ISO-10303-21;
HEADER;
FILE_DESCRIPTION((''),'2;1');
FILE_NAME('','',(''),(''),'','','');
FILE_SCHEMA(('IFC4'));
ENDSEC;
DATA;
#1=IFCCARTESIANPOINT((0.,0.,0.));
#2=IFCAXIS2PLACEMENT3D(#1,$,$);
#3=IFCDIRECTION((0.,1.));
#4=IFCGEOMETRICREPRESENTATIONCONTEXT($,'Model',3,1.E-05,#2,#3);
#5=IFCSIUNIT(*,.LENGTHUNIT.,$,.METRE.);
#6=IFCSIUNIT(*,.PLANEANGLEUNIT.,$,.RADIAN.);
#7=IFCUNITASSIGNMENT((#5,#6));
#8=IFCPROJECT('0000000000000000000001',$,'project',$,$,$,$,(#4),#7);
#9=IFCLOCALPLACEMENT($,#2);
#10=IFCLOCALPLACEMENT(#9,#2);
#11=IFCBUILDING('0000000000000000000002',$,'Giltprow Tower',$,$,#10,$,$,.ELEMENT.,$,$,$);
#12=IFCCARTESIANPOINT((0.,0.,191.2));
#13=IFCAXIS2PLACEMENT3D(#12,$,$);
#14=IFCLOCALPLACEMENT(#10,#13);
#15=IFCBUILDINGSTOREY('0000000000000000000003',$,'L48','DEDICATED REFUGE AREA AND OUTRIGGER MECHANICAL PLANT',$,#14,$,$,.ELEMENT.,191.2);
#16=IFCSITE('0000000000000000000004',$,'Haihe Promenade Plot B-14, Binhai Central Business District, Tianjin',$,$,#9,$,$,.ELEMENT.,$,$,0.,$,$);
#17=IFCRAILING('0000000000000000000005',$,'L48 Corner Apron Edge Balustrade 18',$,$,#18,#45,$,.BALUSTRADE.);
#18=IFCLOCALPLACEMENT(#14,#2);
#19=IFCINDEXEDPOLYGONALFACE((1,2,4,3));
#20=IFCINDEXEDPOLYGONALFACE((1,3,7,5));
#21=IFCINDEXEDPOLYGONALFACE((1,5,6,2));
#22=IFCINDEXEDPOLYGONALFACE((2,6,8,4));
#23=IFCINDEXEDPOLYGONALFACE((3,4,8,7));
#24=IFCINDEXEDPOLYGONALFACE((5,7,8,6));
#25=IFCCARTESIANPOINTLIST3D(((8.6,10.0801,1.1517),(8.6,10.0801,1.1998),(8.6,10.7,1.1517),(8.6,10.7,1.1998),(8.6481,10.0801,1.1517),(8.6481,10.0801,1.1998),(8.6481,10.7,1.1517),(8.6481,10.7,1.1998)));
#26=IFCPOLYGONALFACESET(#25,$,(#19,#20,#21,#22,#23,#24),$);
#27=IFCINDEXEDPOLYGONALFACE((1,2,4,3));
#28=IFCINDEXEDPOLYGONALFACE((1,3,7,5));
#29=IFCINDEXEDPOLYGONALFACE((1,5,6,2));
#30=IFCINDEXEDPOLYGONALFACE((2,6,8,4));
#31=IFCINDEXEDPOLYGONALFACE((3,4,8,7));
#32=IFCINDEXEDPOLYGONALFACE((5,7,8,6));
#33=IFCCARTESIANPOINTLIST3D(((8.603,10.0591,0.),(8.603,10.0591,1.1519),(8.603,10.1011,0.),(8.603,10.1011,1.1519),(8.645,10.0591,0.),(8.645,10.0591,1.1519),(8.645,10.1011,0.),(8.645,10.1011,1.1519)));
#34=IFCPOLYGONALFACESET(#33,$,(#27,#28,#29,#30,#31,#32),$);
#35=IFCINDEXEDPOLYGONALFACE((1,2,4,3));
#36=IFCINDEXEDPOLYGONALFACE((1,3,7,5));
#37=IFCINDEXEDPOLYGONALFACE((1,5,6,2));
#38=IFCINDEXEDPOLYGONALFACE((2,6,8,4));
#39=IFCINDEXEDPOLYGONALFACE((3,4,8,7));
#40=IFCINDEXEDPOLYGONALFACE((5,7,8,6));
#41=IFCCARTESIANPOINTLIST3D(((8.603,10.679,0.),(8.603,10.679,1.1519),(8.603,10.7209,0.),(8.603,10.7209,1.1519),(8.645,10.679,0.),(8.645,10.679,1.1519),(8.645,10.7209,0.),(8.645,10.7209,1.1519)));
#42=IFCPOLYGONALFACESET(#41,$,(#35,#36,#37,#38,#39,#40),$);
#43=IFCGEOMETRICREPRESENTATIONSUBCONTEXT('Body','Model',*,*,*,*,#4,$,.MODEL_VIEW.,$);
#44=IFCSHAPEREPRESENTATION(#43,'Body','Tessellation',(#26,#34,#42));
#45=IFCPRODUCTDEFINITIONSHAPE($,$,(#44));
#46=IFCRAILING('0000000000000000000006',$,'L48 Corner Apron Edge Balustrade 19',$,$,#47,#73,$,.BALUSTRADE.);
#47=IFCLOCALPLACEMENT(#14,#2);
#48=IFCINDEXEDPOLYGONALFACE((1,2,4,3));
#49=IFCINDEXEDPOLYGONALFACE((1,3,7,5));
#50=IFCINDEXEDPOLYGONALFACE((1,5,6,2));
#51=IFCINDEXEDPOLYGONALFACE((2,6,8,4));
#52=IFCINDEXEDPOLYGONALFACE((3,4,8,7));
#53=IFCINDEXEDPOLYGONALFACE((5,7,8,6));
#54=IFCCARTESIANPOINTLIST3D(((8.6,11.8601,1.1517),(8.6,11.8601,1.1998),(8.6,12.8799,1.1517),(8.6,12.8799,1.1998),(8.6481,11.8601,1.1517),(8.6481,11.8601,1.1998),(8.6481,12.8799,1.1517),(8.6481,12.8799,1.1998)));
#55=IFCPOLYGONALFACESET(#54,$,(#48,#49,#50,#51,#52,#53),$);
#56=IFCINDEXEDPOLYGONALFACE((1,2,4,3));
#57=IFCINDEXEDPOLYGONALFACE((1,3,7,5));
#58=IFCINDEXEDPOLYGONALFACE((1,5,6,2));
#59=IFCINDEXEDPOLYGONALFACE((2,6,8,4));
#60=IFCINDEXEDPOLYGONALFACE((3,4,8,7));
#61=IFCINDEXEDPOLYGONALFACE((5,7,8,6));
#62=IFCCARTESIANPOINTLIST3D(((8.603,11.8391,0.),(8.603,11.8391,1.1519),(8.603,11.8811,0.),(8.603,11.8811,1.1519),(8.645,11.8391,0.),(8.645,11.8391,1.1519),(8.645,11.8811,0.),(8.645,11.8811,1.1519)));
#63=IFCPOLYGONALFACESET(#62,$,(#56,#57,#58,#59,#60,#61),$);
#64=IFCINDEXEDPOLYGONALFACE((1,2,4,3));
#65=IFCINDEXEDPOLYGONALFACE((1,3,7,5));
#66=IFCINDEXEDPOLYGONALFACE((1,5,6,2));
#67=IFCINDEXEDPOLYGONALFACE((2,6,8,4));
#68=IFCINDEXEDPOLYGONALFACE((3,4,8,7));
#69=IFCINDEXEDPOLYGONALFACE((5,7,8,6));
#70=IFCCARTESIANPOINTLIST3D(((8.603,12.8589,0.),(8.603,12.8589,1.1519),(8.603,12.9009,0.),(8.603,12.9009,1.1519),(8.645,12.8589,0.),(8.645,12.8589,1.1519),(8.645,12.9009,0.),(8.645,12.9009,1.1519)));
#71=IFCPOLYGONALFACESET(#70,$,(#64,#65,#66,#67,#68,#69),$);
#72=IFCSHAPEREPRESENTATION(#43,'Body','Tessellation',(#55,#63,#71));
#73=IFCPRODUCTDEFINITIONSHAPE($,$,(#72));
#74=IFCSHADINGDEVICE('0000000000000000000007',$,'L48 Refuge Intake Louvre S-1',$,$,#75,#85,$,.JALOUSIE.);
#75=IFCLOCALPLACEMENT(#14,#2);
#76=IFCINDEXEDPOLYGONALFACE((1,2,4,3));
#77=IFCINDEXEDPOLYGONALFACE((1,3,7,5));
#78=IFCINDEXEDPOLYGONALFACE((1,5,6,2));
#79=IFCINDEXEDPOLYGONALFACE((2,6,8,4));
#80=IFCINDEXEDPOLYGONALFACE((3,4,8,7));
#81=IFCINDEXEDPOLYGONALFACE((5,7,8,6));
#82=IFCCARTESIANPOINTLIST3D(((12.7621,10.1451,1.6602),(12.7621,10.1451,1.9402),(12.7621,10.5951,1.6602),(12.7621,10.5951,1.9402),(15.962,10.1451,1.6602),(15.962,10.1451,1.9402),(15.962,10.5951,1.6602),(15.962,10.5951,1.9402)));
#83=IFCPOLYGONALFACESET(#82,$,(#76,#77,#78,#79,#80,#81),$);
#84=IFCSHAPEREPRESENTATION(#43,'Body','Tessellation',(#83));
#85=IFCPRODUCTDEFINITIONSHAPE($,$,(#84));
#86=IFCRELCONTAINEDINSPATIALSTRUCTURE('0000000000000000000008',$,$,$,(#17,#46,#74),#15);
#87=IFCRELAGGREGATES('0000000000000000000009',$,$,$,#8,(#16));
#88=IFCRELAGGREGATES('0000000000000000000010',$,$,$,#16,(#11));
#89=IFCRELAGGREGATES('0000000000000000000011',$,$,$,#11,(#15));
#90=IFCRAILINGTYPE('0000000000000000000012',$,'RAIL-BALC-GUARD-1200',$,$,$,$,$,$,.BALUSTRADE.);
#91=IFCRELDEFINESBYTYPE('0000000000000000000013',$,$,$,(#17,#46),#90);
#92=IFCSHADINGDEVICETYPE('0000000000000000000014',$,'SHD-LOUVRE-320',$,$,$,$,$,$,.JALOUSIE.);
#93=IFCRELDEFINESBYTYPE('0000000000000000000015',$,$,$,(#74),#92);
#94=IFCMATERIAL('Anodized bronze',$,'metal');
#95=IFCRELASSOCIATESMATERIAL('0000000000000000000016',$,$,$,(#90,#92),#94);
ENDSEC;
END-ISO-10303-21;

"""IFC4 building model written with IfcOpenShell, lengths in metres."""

from ifc_helpers import new_model, si_unit, direction, frame, origin, origin_2d, place, context, subcontext, project, spatial, rectangle, extrude, source, transform, mapped, material, type_object, element, save


model = new_model("IFC4")

# Units and contexts
model_context = context("Model", 3, precision=1e-05, world=origin(), true_north=direction((0.0, 1.0)))
body_context = subcontext(model_context, "Body", "Model", "MODEL_VIEW")
ifc_project = project(units=[si_unit("LENGTHUNIT", "METRE"), si_unit("PLANEANGLEUNIT", "RADIAN")], contexts=[model_context])

# Site, building, storey
site_placement = place(None, origin())
site = spatial("IfcSite", under=ifc_project, at=site_placement, Name="Haihe Promenade Plot B-14, Binhai Central Business District, Tianjin", CompositionType="ELEMENT", RefElevation=0.0)
building_placement = place(site_placement, origin())
building = spatial("IfcBuilding", under=site, at=building_placement, Name="Giltprow Tower", CompositionType="ELEMENT")
storey_placement = place(building_placement, frame((0.0, 0.0, 191.2)))
storey = spatial("IfcBuildingStorey", under=building, at=storey_placement, Name="L48", Description="DEDICATED REFUGE AREA AND OUTRIGGER MECHANICAL PLANT", CompositionType="ELEMENT", Elevation=191.2)

# Railings
ifc_material_1 = material(Name="Anodized bronze", Category="metal")
railing_type = type_object("IfcRailingType", Name="RAIL-BALC-GUARD-1200", PredefinedType="BALUSTRADE", material=ifc_material_1)
railing_1_placement = place(storey_placement, frame((8.624, 10.0801, 0.0)))
element("IfcRailing", 1, at=railing_1_placement, inside=storey, type_object=railing_type, Name="L48 Corner Apron Edge Balustrade 18", PredefinedType="BALUSTRADE", context=body_context, shape_type="SweptSolid", body=[
    extrude(rectangle(XDim=0.0481, YDim=0.0481, at=origin_2d()), frame((0.0, 0.0, 1.1758), z_axis=(0.0, 1.0, 0.0), x_axis=(-1.0, 0.0, 0.0)), (0.0, 0.0, 1.0), 0.6199),
    extrude(rectangle(XDim=0.042, YDim=0.042, at=origin_2d()), origin(), (0.0, 0.0, 1.0), 1.1519),
    extrude(rectangle(XDim=0.042, YDim=0.042, at=origin_2d()), frame((0.0, 0.6199, 0.0)), (0.0, 0.0, 1.0), 1.1519),
])
railing_2_placement = place(storey_placement, frame((8.624, 11.8601, 0.0)))
element("IfcRailing", 2, at=railing_2_placement, inside=storey, type_object=railing_type, Name="L48 Corner Apron Edge Balustrade 19", PredefinedType="BALUSTRADE", context=body_context, shape_type="SweptSolid", body=[
    extrude(rectangle(XDim=0.0481, YDim=0.0481, at=origin_2d()), frame((0.0, 0.0, 1.1758), z_axis=(0.0, 1.0, 0.0), x_axis=(-1.0, 0.0, 0.0)), (0.0, 0.0, 1.0), 1.0198),
    extrude(rectangle(XDim=0.042, YDim=0.042, at=origin_2d()), origin(), (0.0, 0.0, 1.0), 1.1519),
    extrude(rectangle(XDim=0.042, YDim=0.042, at=origin_2d()), frame((0.0, 1.0198, 0.0)), (0.0, 0.0, 1.0), 1.1519),
])

# Shading device
shading_device_type = type_object("IfcShadingDeviceType", Name="SHD-LOUVRE-320", PredefinedType="JALOUSIE", material=ifc_material_1)
shared_shape_1 = source(origin(), body_context, "Body", "SweptSolid", [
    extrude(rectangle(XDim=3.2, YDim=0.45, at=origin_2d()), origin(), (0.0, 0.0, 1.0), 0.28),
])
shading_device_placement = place(storey_placement, frame((14.3621, 10.3701, 1.6602), z_axis=(0.0, 0.0, 1.0), x_axis=(1.0, 0.0, 0.0)))
element("IfcShadingDevice", 3, at=shading_device_placement, inside=storey, type_object=shading_device_type, Name="L48 Refuge Intake Louvre S-1", PredefinedType="JALOUSIE", context=body_context, shape_type="MappedRepresentation", body=[
    mapped(shared_shape_1, transform((0.0, 0.0, 0.0), x_axis=(1.0, 0.0, 0.0), y_axis=(0.0, 1.0, 0.0), z_axis=(0.0, 0.0, 1.0), scale=1.0)),
])

save(model, "model.ifc")
